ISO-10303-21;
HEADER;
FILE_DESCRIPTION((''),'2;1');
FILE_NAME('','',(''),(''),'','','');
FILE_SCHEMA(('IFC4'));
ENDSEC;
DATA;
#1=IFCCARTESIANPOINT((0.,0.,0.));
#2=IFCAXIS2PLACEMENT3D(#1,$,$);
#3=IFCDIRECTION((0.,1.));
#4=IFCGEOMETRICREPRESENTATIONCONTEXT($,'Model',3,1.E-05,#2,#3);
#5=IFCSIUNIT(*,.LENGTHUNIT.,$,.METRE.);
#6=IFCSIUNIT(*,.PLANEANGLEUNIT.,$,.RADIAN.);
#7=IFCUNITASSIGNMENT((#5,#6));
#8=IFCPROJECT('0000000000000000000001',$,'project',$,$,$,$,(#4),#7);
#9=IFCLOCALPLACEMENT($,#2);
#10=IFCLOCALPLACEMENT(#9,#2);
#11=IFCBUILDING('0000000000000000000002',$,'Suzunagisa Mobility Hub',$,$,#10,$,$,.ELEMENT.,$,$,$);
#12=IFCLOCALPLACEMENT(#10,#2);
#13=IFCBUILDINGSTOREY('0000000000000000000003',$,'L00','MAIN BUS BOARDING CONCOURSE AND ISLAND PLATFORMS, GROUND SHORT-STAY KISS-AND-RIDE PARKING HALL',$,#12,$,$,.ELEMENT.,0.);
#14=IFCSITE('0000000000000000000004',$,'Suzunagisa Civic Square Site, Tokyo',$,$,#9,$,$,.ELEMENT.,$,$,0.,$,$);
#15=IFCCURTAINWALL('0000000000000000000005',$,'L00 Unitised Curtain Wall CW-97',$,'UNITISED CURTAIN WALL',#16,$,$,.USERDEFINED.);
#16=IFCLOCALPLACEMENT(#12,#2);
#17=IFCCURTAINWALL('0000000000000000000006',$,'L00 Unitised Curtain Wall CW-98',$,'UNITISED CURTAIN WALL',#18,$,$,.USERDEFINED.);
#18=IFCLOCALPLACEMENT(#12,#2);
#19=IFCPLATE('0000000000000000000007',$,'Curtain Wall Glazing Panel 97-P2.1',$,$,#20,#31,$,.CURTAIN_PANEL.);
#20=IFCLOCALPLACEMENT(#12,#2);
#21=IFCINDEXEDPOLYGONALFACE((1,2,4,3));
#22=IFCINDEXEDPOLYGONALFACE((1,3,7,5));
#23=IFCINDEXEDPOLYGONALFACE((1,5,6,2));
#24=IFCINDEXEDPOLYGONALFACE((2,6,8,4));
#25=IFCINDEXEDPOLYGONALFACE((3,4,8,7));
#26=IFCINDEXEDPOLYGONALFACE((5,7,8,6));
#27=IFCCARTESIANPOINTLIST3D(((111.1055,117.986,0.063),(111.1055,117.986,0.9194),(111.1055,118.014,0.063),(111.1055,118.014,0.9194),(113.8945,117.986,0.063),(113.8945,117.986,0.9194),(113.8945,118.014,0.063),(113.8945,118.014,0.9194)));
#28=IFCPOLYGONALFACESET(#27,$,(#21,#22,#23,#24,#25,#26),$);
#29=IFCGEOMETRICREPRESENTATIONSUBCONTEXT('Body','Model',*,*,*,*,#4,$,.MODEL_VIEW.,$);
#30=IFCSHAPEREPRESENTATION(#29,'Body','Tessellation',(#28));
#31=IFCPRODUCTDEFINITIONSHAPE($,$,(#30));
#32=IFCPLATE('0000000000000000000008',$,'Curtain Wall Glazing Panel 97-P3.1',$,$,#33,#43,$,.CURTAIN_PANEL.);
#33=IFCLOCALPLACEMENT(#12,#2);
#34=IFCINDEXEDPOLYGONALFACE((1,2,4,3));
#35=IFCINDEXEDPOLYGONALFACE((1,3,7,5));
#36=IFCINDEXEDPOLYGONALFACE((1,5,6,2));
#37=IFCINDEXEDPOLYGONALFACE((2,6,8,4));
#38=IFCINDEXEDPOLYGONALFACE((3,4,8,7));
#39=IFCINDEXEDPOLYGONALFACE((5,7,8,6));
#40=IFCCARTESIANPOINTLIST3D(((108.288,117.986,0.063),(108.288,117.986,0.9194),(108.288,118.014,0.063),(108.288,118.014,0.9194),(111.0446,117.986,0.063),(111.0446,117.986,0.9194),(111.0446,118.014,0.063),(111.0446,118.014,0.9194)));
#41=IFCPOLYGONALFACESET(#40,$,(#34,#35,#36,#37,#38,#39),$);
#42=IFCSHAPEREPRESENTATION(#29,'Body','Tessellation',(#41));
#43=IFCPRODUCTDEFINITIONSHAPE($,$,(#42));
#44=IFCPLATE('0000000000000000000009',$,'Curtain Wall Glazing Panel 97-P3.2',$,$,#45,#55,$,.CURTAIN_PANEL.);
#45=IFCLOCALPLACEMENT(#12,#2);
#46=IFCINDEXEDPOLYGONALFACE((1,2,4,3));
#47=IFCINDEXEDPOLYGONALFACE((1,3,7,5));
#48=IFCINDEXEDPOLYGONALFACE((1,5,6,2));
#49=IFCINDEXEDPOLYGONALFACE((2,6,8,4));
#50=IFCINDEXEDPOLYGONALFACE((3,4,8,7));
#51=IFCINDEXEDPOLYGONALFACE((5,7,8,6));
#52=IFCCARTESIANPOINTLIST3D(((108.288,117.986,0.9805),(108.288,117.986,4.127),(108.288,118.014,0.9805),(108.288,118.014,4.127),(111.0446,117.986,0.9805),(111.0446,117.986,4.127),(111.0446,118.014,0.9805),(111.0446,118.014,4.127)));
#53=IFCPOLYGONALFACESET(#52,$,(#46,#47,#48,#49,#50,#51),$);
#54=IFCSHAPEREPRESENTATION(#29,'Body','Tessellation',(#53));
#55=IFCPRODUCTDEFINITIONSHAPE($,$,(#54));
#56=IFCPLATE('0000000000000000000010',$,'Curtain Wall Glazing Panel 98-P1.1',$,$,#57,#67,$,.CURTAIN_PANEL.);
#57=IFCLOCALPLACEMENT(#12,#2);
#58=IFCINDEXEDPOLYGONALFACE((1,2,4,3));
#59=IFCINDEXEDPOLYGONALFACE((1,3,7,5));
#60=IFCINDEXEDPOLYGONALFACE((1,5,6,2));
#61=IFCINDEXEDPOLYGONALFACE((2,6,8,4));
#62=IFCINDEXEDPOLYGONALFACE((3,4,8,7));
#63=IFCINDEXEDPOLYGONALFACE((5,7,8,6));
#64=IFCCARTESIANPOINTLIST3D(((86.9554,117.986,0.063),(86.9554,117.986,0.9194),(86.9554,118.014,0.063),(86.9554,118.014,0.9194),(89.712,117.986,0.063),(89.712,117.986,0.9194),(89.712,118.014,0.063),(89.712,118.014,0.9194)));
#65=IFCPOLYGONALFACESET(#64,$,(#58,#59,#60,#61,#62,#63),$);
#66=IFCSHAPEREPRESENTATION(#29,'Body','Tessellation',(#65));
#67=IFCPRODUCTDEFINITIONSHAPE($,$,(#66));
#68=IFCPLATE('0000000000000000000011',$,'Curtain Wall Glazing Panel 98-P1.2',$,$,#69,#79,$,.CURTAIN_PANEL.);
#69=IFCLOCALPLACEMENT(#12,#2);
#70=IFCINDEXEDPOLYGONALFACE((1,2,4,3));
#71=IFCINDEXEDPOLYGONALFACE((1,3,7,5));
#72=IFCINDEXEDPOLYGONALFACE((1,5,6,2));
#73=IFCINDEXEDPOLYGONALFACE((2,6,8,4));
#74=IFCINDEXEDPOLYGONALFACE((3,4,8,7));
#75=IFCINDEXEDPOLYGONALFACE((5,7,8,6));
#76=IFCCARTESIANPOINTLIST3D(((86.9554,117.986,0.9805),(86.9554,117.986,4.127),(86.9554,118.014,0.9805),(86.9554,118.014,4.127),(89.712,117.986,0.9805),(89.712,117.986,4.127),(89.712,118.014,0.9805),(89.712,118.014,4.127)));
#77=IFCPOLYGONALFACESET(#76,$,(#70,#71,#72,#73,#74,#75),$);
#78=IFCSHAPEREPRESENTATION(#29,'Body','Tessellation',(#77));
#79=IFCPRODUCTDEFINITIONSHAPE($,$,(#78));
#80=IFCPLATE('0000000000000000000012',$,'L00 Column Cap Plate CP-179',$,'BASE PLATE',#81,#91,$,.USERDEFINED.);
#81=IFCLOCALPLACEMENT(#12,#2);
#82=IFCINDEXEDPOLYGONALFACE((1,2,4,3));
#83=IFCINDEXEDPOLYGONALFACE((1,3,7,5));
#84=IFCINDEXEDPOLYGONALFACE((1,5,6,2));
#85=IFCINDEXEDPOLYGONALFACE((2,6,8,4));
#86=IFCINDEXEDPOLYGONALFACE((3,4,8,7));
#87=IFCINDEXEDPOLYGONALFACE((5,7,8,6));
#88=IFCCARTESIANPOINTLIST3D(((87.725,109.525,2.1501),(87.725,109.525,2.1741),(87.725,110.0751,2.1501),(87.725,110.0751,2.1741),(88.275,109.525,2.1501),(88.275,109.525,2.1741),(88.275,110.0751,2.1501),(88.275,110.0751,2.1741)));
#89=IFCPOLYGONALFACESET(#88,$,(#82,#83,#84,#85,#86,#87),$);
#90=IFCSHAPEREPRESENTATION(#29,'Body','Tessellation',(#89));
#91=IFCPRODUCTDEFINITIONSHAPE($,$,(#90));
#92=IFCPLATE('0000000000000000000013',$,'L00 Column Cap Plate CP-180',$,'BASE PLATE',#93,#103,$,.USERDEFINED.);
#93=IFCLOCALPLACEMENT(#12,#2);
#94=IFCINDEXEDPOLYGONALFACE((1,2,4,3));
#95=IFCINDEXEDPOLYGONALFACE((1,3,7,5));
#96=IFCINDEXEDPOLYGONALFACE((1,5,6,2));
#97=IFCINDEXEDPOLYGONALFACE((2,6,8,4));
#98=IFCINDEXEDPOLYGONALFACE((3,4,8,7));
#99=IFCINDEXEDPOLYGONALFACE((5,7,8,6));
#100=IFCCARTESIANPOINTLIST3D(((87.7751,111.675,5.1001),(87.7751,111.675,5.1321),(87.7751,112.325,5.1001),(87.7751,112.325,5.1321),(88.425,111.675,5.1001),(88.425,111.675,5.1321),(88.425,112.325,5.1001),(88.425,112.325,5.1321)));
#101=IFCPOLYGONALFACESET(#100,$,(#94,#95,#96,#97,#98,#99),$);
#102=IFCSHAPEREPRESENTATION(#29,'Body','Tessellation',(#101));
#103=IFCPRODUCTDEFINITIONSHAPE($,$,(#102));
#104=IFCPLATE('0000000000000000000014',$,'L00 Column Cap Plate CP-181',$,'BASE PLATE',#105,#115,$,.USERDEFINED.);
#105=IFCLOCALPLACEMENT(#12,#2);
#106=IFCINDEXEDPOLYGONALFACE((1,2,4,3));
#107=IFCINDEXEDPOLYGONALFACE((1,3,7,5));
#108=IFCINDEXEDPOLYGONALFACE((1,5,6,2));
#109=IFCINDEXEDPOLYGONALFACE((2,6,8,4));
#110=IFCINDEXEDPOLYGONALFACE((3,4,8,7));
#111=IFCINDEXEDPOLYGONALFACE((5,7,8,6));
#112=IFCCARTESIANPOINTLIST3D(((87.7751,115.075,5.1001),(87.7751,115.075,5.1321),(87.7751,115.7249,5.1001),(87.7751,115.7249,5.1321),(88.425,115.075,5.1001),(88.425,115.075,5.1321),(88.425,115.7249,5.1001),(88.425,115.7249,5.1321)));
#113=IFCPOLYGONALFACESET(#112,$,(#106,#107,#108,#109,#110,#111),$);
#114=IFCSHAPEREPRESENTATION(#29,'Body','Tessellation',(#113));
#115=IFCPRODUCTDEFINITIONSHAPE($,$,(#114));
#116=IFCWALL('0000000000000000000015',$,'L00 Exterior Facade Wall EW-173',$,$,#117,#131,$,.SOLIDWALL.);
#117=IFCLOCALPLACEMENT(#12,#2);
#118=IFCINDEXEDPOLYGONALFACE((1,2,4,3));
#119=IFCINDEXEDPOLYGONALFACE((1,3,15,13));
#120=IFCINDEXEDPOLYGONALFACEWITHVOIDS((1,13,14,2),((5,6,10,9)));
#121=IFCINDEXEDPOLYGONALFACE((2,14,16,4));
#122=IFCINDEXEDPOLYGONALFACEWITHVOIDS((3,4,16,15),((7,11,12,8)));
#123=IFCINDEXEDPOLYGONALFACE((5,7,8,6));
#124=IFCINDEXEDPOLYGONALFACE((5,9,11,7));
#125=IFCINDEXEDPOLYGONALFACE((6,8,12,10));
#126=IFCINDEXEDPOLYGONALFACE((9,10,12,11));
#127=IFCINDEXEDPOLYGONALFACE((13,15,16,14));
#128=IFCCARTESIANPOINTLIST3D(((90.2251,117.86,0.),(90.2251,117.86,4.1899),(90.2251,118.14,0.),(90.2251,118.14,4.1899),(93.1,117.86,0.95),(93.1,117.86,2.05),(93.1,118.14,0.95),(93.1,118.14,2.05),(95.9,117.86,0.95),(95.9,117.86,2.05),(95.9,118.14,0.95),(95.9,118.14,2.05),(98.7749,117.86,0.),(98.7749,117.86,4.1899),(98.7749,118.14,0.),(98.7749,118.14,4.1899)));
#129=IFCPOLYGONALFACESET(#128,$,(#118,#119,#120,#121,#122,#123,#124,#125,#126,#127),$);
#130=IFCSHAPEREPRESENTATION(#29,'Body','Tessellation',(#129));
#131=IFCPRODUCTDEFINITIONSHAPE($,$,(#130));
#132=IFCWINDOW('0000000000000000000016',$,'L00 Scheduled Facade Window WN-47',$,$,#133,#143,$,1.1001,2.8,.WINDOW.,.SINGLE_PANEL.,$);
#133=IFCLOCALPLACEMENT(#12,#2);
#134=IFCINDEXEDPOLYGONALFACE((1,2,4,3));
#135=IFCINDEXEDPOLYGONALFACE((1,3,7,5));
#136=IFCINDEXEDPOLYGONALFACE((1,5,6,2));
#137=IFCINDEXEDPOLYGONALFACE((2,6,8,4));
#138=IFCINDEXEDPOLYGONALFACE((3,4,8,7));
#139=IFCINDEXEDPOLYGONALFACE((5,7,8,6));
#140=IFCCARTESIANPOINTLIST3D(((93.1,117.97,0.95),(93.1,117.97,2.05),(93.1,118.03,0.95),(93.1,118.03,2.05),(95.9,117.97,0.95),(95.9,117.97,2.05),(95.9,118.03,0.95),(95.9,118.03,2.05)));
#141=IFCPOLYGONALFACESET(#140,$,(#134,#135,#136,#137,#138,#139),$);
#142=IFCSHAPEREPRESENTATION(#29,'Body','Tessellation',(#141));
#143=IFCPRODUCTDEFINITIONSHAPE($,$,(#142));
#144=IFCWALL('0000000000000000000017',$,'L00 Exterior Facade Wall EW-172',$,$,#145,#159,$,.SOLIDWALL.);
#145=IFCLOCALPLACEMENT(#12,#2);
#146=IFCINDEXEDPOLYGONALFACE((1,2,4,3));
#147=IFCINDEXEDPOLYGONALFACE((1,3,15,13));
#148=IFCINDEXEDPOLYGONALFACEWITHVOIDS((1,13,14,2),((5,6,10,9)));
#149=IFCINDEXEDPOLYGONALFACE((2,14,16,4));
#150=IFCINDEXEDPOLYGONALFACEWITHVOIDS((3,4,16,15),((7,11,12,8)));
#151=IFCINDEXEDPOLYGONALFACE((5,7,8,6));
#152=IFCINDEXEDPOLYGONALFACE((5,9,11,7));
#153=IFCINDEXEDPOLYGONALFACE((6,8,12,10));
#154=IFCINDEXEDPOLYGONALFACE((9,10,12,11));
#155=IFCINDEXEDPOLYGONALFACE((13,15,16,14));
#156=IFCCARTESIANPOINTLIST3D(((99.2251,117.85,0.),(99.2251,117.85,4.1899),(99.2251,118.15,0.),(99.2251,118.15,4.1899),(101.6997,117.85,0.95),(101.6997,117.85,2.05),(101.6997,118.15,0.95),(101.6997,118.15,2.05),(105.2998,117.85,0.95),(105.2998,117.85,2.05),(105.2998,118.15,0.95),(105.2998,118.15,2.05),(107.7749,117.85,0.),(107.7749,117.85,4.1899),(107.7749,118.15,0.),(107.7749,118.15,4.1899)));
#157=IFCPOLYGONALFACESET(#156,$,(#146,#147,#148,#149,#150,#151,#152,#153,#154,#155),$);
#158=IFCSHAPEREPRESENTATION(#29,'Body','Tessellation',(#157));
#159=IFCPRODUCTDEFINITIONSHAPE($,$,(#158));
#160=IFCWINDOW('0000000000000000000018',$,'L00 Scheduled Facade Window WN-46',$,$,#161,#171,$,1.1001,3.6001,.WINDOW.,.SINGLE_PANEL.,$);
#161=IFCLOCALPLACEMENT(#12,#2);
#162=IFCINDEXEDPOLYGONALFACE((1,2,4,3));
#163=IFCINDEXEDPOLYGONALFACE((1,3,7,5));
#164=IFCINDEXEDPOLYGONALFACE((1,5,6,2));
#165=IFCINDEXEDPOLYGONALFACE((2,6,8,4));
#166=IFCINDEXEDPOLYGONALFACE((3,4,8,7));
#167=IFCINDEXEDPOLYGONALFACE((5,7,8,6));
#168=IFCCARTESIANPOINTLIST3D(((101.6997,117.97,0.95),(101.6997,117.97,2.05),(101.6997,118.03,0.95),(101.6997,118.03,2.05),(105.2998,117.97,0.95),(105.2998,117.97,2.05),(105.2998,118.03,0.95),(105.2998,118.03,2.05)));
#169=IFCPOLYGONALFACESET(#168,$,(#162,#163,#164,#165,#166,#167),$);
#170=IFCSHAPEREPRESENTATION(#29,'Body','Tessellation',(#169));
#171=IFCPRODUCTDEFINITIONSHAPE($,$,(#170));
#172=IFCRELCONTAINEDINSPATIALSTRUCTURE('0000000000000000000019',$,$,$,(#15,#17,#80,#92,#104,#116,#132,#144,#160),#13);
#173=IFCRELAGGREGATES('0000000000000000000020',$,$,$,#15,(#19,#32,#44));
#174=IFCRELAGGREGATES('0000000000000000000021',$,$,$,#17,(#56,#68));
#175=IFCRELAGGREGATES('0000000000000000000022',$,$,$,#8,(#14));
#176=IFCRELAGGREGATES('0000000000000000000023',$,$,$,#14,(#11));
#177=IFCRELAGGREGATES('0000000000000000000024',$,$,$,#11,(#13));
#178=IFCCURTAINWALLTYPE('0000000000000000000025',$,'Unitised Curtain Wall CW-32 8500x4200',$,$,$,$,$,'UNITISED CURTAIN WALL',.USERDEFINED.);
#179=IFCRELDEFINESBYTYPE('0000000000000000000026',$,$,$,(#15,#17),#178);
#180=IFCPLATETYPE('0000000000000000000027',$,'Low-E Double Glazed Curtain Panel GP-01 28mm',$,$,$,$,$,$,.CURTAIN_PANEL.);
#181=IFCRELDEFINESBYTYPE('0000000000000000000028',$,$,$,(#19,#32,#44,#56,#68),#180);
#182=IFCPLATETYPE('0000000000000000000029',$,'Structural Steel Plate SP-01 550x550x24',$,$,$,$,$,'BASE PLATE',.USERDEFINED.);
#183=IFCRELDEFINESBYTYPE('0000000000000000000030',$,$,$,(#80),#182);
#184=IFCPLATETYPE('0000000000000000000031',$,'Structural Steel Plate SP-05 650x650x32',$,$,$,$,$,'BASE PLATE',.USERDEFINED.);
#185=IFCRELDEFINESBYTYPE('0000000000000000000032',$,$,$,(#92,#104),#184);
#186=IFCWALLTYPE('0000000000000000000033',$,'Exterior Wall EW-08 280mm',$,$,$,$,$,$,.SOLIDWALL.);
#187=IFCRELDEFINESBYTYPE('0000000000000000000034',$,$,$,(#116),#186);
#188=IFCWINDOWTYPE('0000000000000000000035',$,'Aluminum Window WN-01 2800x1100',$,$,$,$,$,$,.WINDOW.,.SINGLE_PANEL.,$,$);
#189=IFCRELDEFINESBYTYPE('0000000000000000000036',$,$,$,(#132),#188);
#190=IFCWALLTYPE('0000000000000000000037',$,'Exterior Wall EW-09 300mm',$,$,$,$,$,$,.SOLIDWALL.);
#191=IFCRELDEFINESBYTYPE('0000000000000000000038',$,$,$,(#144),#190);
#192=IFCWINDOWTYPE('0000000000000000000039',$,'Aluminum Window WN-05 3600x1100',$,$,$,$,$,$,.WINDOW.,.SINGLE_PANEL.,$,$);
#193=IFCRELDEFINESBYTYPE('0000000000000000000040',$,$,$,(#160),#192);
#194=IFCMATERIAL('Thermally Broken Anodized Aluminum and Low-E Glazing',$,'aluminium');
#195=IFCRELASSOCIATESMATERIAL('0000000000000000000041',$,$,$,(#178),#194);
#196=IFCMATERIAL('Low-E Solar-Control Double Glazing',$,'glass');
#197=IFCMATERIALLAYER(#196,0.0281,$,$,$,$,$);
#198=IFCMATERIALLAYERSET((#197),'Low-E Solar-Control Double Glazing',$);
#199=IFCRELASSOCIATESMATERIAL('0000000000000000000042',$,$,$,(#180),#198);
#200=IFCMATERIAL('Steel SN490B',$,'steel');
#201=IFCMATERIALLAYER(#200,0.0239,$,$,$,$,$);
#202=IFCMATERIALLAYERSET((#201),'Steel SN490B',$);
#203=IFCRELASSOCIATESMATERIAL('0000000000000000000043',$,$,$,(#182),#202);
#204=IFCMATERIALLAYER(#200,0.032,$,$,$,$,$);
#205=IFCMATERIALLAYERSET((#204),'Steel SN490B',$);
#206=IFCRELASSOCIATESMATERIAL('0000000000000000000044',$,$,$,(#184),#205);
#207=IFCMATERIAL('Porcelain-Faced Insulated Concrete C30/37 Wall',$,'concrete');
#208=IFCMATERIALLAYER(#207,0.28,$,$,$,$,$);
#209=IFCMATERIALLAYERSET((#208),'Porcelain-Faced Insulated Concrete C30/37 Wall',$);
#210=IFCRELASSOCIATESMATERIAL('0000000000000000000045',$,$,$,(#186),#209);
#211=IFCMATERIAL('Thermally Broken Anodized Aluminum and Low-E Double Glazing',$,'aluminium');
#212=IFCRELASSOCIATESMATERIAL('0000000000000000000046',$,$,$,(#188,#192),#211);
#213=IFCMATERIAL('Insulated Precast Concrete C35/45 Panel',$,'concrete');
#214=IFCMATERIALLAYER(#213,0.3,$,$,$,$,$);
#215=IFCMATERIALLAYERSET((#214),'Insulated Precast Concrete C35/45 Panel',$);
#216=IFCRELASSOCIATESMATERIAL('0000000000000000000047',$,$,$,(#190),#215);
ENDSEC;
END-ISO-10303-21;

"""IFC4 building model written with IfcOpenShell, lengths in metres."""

from ifc_helpers import new_model, si_unit, direction, frame, frame_2d, origin, origin_2d, place, context, subcontext, project, spatial, rectangle, extrude, material, layer, layer_set, type_object, element, fill, aggregate, save


model = new_model("IFC4")

# Units and contexts
model_context = context("Model", 3, precision=1e-05, world=origin(), true_north=direction((0.0, 1.0)))
body_context = subcontext(model_context, "Body", "Model", "MODEL_VIEW")
ifc_project = project(units=[si_unit("LENGTHUNIT", "METRE"), si_unit("PLANEANGLEUNIT", "RADIAN")], contexts=[model_context])

# Site, building, storey
site_placement = place(None, origin())
site = spatial("IfcSite", under=ifc_project, at=site_placement, Name="Suzunagisa Civic Square Site, Tokyo", CompositionType="ELEMENT", RefElevation=0.0)
building_placement = place(site_placement, origin())
building = spatial("IfcBuilding", under=site, at=building_placement, Name="Suzunagisa Mobility Hub", CompositionType="ELEMENT")
storey_placement = place(building_placement, origin())
storey = spatial("IfcBuildingStorey", under=building, at=storey_placement, Name="L00", Description="MAIN BUS BOARDING CONCOURSE AND ISLAND PLATFORMS, GROUND SHORT-STAY KISS-AND-RIDE PARKING HALL", CompositionType="ELEMENT", Elevation=0.0)

# Shared definitions
ifc_material_1 = material(Name="Steel SN490B", Category="steel")

# Curtain walls
ifc_material_2 = material(Name="Thermally Broken Anodized Aluminum and Low-E Glazing", Category="aluminium")
curtain_wall_type = type_object("IfcCurtainWallType", Name="Unitised Curtain Wall CW-32 8500x4200", ElementType="UNITISED CURTAIN WALL", PredefinedType="USERDEFINED", material=ifc_material_2)
curtain_wall_1_placement = place(storey_placement, origin())
curtain_wall_1 = element("IfcCurtainWall", 1, at=curtain_wall_1_placement, inside=storey, type_object=curtain_wall_type, Name="L00 Unitised Curtain Wall CW-97", ObjectType="UNITISED CURTAIN WALL", PredefinedType="USERDEFINED")
curtain_wall_2_placement = place(storey_placement, origin())
curtain_wall_2 = element("IfcCurtainWall", 2, at=curtain_wall_2_placement, inside=storey, type_object=curtain_wall_type, Name="L00 Unitised Curtain Wall CW-98", ObjectType="UNITISED CURTAIN WALL", PredefinedType="USERDEFINED")

# Plates
ifc_material_3 = material(Name="Low-E Solar-Control Double Glazing", Category="glass")
ifc_layer_1 = layer(ifc_material_3, 0.0281)
ifc_layer_set_1 = layer_set([ifc_layer_1], Name="Low-E Solar-Control Double Glazing")
plate_type_1 = type_object("IfcPlateType", Name="Low-E Double Glazed Curtain Panel GP-01 28mm", PredefinedType="CURTAIN_PANEL", material=ifc_layer_set_1)
plate_1_placement = place(storey_placement, frame((112.5, 118.0, 0.063), z_axis=(0.0, 0.0, 1.0), x_axis=(-1.0, 0.0, 0.0)))
plate_1 = element("IfcPlate", 3, at=plate_1_placement, type_object=plate_type_1, Name="Curtain Wall Glazing Panel 97-P2.1", PredefinedType="CURTAIN_PANEL", context=body_context, shape_type="SweptSolid", body=[
    extrude(rectangle(XDim=2.7891, YDim=0.0281, at=origin_2d()), origin(), (0.0, 0.0, 1.0), 0.8564),
])
plate_2_placement = place(storey_placement, frame((109.6663, 118.0, 0.063), z_axis=(0.0, 0.0, 1.0), x_axis=(-1.0, 0.0, 0.0)))
plate_2 = element("IfcPlate", 4, at=plate_2_placement, type_object=plate_type_1, Name="Curtain Wall Glazing Panel 97-P3.1", PredefinedType="CURTAIN_PANEL", context=body_context, shape_type="SweptSolid", body=[
    extrude(rectangle(XDim=2.7566, YDim=0.0281, at=origin_2d()), origin(), (0.0, 0.0, 1.0), 0.8564),
])
plate_3_placement = place(storey_placement, frame((109.6663, 118.0, 0.9805), z_axis=(0.0, 0.0, 1.0), x_axis=(-1.0, 0.0, 0.0)))
plate_3 = element("IfcPlate", 5, at=plate_3_placement, type_object=plate_type_1, Name="Curtain Wall Glazing Panel 97-P3.2", PredefinedType="CURTAIN_PANEL", context=body_context, shape_type="SweptSolid", body=[
    extrude(rectangle(XDim=2.7566, YDim=0.0281, at=origin_2d()), origin(), (0.0, 0.0, 1.0), 3.1465),
])
aggregate(curtain_wall_1, [plate_1, plate_2, plate_3])
plate_4_placement = place(storey_placement, frame((88.3337, 118.0, 0.063), z_axis=(0.0, 0.0, 1.0), x_axis=(-1.0, 0.0, 0.0)))
plate_4 = element("IfcPlate", 6, at=plate_4_placement, type_object=plate_type_1, Name="Curtain Wall Glazing Panel 98-P1.1", PredefinedType="CURTAIN_PANEL", context=body_context, shape_type="SweptSolid", body=[
    extrude(rectangle(XDim=2.7566, YDim=0.0281, at=origin_2d()), origin(), (0.0, 0.0, 1.0), 0.8564),
])
plate_5_placement = place(storey_placement, frame((88.3337, 118.0, 0.9805), z_axis=(0.0, 0.0, 1.0), x_axis=(-1.0, 0.0, 0.0)))
plate_5 = element("IfcPlate", 7, at=plate_5_placement, type_object=plate_type_1, Name="Curtain Wall Glazing Panel 98-P1.2", PredefinedType="CURTAIN_PANEL", context=body_context, shape_type="SweptSolid", body=[
    extrude(rectangle(XDim=2.7566, YDim=0.0281, at=origin_2d()), origin(), (0.0, 0.0, 1.0), 3.1465),
])
aggregate(curtain_wall_2, [plate_4, plate_5])

# Plates
ifc_layer_2 = layer(ifc_material_1, 0.0239)
ifc_layer_set_2 = layer_set([ifc_layer_2], Name="Steel SN490B")
plate_type_2 = type_object("IfcPlateType", Name="Structural Steel Plate SP-01 550x550x24", ElementType="BASE PLATE", PredefinedType="USERDEFINED", material=ifc_layer_set_2)
plate_6_placement = place(storey_placement, frame((88.0, 109.8, 2.1501), z_axis=(0.0, 0.0, 1.0), x_axis=(1.0, 0.0, 0.0)))
element("IfcPlate", 8, at=plate_6_placement, inside=storey, type_object=plate_type_2, Name="L00 Column Cap Plate CP-179", ObjectType="BASE PLATE", PredefinedType="USERDEFINED", context=body_context, shape_type="SweptSolid", body=[
    extrude(rectangle(XDim=0.55, YDim=0.55, at=origin_2d()), origin(), (0.0, 0.0, 1.0), 0.0239),
])
ifc_layer_3 = layer(ifc_material_1, 0.032)
ifc_layer_set_3 = layer_set([ifc_layer_3], Name="Steel SN490B")
plate_type_3 = type_object("IfcPlateType", Name="Structural Steel Plate SP-05 650x650x32", ElementType="BASE PLATE", PredefinedType="USERDEFINED", material=ifc_layer_set_3)
for number, where, z_axis, x_axis, name in (
    (9, (88.1001, 112.0, 5.1001), (0.0, 0.0, 1.0), (1.0, 0.0, 0.0), "L00 Column Cap Plate CP-180"),
    (10, (88.1001, 115.3999, 5.1001), (0.0, 0.0, 1.0), (1.0, 0.0, 0.0), "L00 Column Cap Plate CP-181"),
):
    element("IfcPlate", number, at=place(storey_placement, frame(where, z_axis=z_axis, x_axis=x_axis)), inside=storey, type_object=plate_type_3, Name=name, ObjectType="BASE PLATE", PredefinedType="USERDEFINED", context=body_context, shape_type="SweptSolid", body=[
        extrude(rectangle(XDim=0.6499, YDim=0.6499, at=origin_2d()), origin(), (0.0, 0.0, 1.0), 0.032),
    ])

# Walls, openings, windows
ifc_material_4 = material(Name="Porcelain-Faced Insulated Concrete C30/37 Wall", Category="concrete")
ifc_layer_4 = layer(ifc_material_4, 0.28)
ifc_layer_set_4 = layer_set([ifc_layer_4], Name="Porcelain-Faced Insulated Concrete C30/37 Wall")
wall_type_1 = type_object("IfcWallType", Name="Exterior Wall EW-08 280mm", PredefinedType="SOLIDWALL", material=ifc_layer_set_4)
wall_1_placement = place(storey_placement, frame((98.7749, 118.0, 0.0), z_axis=(0.0, 0.0, 1.0), x_axis=(-1.0, 0.0, 0.0)))
wall_1 = element("IfcWall", 11, at=wall_1_placement, inside=storey, type_object=wall_type_1, Name="L00 Exterior Facade Wall EW-173", PredefinedType="SOLIDWALL", context=body_context, shape_type="SweptSolid", body=[
    extrude(rectangle(XDim=8.5498, YDim=0.28, at=frame_2d((4.2749, 0.0))), origin(), (0.0, 0.0, 1.0), 4.1899),
])
opening_1_placement = place(wall_1_placement, frame((2.875, 0.0, 0.95)))
opening_1 = element("IfcOpeningElement", 12, at=opening_1_placement, cuts=wall_1, PredefinedType="OPENING", context=body_context, shape_type="SweptSolid", body=[
    extrude(rectangle(XDim=2.8, YDim=1.1001, at=frame_2d((1.3999, 0.55))), frame((0.0, 0.1509, 0.0), z_axis=(0.0, -1.0, 0.0), x_axis=(1.0, 0.0, 0.0)), (0.0, 0.0, 1.0), 0.302),
])
ifc_material_5 = material(Name="Thermally Broken Anodized Aluminum and Low-E Double Glazing", Category="aluminium")
window_type_1 = type_object("IfcWindowType", Name="Aluminum Window WN-01 2800x1100", PartitioningType="SINGLE_PANEL", PredefinedType="WINDOW", material=ifc_material_5)
window_1_placement = place(opening_1_placement, origin())
window_1 = element("IfcWindow", 13, at=window_1_placement, inside=storey, type_object=window_type_1, Name="L00 Scheduled Facade Window WN-47", OverallHeight=1.1001, OverallWidth=2.8, PartitioningType="SINGLE_PANEL", PredefinedType="WINDOW", context=body_context, shape_type="SweptSolid", body=[
    extrude(rectangle(XDim=2.8, YDim=1.1001, at=frame_2d((1.3999, 0.55))), frame((0.0, 0.03, 0.0), z_axis=(0.0, -1.0, 0.0), x_axis=(1.0, 0.0, 0.0)), (0.0, 0.0, 1.0), 0.0601),
])
fill(opening_1, window_1)
ifc_material_6 = material(Name="Insulated Precast Concrete C35/45 Panel", Category="concrete")
ifc_layer_5 = layer(ifc_material_6, 0.3)
ifc_layer_set_5 = layer_set([ifc_layer_5], Name="Insulated Precast Concrete C35/45 Panel")
wall_type_2 = type_object("IfcWallType", Name="Exterior Wall EW-09 300mm", PredefinedType="SOLIDWALL", material=ifc_layer_set_5)
wall_2_placement = place(storey_placement, frame((107.7749, 118.0, 0.0), z_axis=(0.0, 0.0, 1.0), x_axis=(-1.0, 0.0, 0.0)))
wall_2 = element("IfcWall", 14, at=wall_2_placement, inside=storey, type_object=wall_type_2, Name="L00 Exterior Facade Wall EW-172", PredefinedType="SOLIDWALL", context=body_context, shape_type="SweptSolid", body=[
    extrude(rectangle(XDim=8.5498, YDim=0.3, at=frame_2d((4.2749, 0.0))), origin(), (0.0, 0.0, 1.0), 4.1899),
])
opening_2_placement = place(wall_2_placement, frame((2.4751, 0.0, 0.95)))
opening_2 = element("IfcOpeningElement", 15, at=opening_2_placement, cuts=wall_2, PredefinedType="OPENING", context=body_context, shape_type="SweptSolid", body=[
    extrude(rectangle(XDim=3.6001, YDim=1.1001, at=frame_2d((1.8, 0.55))), frame((0.0, 0.1611, 0.0), z_axis=(0.0, -1.0, 0.0), x_axis=(1.0, 0.0, 0.0)), (0.0, 0.0, 1.0), 0.322),
])
window_type_2 = type_object("IfcWindowType", Name="Aluminum Window WN-05 3600x1100", PartitioningType="SINGLE_PANEL", PredefinedType="WINDOW", material=ifc_material_5)
window_2_placement = place(opening_2_placement, origin())
window_2 = element("IfcWindow", 16, at=window_2_placement, inside=storey, type_object=window_type_2, Name="L00 Scheduled Facade Window WN-46", OverallHeight=1.1001, OverallWidth=3.6001, PartitioningType="SINGLE_PANEL", PredefinedType="WINDOW", context=body_context, shape_type="SweptSolid", body=[
    extrude(rectangle(XDim=3.6001, YDim=1.1001, at=frame_2d((1.8, 0.55))), frame((0.0, 0.03, 0.0), z_axis=(0.0, -1.0, 0.0), x_axis=(1.0, 0.0, 0.0)), (0.0, 0.0, 1.0), 0.0601),
])
fill(opening_2, window_2)

save(model, "model.ifc")
